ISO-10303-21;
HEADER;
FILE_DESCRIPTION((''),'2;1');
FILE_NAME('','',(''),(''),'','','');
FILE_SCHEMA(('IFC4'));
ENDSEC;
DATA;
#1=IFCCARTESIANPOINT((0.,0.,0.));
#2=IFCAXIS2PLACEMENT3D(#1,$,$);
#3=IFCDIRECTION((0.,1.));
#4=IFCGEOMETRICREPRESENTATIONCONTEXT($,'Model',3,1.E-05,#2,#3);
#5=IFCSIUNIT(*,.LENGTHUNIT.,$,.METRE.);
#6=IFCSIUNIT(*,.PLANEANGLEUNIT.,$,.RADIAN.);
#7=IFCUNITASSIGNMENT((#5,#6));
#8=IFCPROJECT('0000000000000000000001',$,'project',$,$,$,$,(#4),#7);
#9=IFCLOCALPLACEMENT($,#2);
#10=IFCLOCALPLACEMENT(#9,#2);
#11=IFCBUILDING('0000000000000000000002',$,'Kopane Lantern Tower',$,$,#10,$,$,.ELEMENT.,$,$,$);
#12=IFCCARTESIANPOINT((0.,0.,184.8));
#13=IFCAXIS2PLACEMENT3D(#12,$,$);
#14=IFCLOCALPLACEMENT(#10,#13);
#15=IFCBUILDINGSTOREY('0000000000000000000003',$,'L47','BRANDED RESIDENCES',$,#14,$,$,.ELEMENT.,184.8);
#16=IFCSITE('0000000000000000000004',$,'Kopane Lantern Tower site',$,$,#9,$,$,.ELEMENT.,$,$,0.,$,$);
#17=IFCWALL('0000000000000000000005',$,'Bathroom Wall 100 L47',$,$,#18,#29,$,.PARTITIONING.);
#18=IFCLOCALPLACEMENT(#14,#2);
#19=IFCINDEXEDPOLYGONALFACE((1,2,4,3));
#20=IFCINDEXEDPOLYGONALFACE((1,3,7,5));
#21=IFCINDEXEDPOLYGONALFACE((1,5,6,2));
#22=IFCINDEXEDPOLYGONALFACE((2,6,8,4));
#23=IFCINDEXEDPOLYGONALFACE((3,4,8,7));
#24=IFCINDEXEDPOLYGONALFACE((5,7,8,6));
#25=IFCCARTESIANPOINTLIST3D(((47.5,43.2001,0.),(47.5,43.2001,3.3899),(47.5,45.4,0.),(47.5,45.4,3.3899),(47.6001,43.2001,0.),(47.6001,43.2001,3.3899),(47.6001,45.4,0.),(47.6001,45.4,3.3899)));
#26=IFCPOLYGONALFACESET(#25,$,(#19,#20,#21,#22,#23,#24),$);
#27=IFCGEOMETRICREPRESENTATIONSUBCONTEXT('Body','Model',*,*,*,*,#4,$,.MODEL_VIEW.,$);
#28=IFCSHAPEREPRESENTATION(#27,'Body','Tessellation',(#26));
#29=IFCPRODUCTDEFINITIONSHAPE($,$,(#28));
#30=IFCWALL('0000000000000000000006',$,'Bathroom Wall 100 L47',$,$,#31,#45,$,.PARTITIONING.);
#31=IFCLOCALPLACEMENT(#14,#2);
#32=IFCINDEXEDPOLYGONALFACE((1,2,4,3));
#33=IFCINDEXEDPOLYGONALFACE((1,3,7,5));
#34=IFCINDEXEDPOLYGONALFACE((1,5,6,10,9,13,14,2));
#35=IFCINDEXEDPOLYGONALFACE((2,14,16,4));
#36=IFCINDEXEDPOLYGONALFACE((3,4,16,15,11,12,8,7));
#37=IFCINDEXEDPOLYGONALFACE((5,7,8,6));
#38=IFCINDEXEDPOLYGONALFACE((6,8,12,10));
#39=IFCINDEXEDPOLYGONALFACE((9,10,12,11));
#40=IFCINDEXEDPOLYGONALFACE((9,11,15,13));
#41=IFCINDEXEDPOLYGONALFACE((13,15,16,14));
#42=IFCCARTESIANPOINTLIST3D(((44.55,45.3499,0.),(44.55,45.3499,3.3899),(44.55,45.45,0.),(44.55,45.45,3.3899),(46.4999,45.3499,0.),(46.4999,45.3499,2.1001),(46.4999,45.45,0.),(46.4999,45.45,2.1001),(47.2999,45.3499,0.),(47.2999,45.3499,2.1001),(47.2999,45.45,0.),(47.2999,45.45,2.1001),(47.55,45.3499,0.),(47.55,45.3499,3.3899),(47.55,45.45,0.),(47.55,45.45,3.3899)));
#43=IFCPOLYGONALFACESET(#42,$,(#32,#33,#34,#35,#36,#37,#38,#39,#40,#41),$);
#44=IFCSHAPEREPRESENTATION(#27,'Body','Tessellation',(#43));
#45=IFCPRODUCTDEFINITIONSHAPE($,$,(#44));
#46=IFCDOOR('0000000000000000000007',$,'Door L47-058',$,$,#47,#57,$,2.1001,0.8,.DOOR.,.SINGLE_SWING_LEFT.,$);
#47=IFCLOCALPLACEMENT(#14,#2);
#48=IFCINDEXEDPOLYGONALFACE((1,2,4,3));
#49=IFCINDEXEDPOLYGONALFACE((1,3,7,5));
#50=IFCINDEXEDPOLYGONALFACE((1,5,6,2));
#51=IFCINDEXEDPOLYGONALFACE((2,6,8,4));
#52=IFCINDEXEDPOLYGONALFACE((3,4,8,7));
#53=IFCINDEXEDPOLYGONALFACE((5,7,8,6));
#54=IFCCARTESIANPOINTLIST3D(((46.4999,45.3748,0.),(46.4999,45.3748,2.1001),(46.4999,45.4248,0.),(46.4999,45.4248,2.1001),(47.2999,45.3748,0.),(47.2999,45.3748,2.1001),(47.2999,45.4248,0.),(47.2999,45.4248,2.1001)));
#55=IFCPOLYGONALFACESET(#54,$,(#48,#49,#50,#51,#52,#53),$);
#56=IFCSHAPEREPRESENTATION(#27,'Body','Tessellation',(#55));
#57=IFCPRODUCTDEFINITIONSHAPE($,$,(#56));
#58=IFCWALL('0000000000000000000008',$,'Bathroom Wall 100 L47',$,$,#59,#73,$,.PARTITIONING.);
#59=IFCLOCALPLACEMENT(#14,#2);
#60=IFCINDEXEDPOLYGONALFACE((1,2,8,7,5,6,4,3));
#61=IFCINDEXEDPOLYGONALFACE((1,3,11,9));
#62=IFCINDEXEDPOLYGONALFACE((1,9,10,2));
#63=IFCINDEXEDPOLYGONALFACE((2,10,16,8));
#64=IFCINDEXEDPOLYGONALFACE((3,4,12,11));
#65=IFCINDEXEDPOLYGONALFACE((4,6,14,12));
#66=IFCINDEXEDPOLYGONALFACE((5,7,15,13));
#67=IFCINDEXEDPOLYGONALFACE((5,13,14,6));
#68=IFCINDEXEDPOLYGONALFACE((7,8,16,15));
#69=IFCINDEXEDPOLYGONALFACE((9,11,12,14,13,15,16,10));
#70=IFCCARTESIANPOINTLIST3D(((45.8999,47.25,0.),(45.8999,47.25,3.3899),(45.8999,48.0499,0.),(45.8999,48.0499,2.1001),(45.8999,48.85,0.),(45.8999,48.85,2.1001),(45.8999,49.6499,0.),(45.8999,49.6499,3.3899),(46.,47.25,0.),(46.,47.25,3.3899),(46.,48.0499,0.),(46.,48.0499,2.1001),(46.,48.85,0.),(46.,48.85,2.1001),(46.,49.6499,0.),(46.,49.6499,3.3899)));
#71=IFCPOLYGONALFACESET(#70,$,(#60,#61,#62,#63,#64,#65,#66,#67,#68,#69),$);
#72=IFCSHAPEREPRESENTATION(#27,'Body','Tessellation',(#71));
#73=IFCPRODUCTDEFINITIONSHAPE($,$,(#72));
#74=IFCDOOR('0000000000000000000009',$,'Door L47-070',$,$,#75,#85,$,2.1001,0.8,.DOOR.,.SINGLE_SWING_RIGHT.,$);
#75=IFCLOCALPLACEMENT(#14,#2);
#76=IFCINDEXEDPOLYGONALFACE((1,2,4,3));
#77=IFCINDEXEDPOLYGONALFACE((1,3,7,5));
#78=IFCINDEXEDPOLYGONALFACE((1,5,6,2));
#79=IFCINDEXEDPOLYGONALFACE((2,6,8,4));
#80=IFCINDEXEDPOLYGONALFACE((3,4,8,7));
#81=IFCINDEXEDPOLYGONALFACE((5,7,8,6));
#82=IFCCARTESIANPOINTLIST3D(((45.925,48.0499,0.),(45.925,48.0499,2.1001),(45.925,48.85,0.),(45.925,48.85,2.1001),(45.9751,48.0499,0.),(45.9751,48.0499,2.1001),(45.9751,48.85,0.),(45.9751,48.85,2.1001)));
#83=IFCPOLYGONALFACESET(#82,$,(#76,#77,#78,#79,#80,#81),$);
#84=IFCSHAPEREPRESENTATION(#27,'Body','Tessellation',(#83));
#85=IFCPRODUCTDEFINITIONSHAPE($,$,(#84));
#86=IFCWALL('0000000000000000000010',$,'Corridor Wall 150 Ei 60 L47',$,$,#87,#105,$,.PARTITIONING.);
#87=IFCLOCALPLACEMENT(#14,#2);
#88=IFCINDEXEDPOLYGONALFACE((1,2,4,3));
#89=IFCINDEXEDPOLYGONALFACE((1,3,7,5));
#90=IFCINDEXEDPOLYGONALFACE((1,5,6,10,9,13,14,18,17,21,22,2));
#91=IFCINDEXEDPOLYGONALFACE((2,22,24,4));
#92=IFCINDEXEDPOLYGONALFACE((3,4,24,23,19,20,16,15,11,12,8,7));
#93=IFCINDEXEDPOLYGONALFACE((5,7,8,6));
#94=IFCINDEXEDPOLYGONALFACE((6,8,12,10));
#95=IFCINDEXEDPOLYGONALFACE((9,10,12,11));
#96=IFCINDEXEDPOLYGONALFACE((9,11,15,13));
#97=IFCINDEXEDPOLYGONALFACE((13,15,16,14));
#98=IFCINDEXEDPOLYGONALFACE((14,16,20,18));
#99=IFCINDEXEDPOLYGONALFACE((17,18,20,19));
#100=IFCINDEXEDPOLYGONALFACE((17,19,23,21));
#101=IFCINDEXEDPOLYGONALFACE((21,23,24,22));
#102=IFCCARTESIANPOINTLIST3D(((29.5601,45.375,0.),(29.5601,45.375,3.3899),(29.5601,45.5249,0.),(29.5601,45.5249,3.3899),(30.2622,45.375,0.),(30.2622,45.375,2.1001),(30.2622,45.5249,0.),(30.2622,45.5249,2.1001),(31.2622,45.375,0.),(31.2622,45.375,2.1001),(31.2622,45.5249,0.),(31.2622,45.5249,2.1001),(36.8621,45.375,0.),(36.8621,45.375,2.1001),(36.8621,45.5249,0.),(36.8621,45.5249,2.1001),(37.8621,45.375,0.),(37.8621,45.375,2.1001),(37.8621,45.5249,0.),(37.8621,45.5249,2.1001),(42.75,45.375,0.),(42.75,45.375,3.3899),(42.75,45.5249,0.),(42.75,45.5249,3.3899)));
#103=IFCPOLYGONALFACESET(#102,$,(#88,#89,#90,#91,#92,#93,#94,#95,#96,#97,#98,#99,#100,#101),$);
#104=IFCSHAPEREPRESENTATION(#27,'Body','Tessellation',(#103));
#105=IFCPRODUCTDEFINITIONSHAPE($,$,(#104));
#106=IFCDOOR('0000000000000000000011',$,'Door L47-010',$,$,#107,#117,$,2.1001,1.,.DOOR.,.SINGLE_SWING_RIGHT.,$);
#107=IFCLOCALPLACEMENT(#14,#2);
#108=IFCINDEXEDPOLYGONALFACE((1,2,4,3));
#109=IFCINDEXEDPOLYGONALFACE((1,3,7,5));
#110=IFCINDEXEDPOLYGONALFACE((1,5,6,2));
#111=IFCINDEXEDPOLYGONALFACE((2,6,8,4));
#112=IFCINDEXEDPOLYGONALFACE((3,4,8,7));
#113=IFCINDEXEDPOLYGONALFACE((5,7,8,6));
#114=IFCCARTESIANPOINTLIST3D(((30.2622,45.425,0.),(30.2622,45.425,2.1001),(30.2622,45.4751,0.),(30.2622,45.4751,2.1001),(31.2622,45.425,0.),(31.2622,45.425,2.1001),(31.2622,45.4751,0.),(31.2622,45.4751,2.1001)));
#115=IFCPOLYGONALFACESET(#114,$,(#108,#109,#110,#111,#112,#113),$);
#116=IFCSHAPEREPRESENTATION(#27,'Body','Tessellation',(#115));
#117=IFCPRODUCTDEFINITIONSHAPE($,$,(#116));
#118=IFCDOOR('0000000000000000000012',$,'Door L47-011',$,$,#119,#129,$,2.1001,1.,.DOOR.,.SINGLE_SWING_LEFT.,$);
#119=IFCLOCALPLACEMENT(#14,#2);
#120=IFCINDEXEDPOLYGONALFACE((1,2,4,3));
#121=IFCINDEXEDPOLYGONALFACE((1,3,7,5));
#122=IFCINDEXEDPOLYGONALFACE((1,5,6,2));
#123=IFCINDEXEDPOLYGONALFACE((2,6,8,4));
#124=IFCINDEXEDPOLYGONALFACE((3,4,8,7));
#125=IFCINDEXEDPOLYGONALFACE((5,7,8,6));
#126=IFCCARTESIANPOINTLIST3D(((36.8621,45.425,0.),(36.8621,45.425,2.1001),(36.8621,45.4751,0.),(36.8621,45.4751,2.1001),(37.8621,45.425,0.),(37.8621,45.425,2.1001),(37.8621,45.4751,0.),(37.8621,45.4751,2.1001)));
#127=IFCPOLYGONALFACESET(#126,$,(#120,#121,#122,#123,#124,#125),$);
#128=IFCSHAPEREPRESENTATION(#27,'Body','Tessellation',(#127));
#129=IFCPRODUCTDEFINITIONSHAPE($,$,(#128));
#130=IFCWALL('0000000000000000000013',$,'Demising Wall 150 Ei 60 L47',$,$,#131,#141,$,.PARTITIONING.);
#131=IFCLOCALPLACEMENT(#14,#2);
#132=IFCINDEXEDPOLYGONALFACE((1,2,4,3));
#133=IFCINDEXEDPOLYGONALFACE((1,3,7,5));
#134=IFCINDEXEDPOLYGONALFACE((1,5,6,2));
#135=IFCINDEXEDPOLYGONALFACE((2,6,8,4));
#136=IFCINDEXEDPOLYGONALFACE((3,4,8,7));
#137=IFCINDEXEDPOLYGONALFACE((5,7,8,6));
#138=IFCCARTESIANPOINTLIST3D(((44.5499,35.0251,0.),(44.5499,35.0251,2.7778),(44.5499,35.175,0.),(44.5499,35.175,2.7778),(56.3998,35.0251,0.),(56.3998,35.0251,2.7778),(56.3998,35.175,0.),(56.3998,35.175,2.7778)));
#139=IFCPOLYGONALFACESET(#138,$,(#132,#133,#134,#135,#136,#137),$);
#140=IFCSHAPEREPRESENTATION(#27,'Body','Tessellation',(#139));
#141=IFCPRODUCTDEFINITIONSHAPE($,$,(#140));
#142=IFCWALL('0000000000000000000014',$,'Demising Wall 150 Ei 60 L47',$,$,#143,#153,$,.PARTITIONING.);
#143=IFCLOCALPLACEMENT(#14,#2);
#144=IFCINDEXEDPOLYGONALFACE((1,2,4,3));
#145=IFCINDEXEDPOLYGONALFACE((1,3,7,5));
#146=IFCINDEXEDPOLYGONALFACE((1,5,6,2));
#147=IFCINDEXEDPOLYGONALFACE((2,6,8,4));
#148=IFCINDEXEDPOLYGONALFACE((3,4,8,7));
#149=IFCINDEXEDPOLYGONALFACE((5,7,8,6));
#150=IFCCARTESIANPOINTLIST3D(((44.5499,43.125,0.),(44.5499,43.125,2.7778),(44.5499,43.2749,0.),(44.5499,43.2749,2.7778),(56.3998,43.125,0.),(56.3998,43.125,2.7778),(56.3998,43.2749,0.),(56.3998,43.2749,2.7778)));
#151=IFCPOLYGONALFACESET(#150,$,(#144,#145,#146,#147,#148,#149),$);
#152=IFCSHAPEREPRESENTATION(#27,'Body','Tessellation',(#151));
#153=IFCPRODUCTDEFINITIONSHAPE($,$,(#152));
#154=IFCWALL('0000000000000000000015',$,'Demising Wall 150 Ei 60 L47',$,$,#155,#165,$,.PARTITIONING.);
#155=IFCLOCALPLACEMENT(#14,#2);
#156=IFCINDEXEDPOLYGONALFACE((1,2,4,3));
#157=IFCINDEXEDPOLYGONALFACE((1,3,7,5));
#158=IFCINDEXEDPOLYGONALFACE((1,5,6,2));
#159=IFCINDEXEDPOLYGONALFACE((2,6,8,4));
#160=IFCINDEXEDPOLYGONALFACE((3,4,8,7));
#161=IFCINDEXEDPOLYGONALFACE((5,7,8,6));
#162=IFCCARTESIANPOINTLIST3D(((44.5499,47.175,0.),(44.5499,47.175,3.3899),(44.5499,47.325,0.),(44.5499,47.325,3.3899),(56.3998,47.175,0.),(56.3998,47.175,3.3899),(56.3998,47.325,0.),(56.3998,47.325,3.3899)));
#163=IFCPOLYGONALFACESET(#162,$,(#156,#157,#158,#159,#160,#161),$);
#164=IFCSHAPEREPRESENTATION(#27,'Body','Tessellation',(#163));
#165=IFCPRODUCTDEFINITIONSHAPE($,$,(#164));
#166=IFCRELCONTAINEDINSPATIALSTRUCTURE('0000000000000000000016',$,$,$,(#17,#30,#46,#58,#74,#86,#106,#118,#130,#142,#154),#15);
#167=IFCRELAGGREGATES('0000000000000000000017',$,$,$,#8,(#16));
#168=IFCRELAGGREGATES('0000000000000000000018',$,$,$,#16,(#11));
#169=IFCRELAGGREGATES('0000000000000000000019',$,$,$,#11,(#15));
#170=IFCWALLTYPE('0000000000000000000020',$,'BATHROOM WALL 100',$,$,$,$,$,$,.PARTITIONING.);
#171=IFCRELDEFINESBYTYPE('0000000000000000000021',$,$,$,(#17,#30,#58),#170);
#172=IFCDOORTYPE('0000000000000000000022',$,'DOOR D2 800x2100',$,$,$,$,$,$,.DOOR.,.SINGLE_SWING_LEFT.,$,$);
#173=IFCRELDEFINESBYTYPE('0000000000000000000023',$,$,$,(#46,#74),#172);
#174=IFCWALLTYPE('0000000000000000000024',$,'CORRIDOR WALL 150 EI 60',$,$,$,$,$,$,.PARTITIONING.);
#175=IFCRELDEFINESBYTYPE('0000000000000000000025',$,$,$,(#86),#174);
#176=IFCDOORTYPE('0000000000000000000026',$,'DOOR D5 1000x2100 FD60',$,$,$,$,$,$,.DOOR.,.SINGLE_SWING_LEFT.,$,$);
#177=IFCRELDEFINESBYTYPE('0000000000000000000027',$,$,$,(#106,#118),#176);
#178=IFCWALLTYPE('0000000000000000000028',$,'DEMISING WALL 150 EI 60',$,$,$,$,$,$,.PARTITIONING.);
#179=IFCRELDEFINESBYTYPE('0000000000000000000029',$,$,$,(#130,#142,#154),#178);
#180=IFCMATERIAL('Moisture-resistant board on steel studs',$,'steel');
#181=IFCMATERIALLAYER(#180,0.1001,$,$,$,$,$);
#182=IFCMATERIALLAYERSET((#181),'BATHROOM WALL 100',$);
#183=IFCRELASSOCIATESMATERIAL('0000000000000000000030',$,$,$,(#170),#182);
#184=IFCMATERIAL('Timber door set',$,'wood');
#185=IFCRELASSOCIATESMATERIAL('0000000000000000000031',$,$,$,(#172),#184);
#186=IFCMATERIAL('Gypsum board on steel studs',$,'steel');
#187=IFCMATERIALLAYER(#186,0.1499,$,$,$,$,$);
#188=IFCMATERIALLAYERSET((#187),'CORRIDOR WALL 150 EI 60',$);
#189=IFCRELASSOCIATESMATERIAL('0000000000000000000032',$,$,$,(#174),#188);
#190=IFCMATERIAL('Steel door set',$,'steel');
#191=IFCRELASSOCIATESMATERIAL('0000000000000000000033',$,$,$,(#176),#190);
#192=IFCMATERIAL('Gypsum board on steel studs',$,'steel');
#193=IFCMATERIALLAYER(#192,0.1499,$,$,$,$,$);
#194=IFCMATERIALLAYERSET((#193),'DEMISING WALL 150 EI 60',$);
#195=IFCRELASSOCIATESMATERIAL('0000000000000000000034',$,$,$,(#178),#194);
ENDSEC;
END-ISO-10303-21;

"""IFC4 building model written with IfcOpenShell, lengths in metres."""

from ifc_helpers import new_model, si_unit, direction, frame, frame_2d, origin, place, context, subcontext, project, spatial, rectangle, extrude, material, layer, layer_set, type_object, element, fill, save


model = new_model("IFC4")

# Units and contexts
model_context = context("Model", 3, precision=1e-05, world=origin(), true_north=direction((0.0, 1.0)))
body_context = subcontext(model_context, "Body", "Model", "MODEL_VIEW")
ifc_project = project(units=[si_unit("LENGTHUNIT", "METRE"), si_unit("PLANEANGLEUNIT", "RADIAN")], contexts=[model_context])

# Site, building, storey
site_placement = place(None, origin())
site = spatial("IfcSite", under=ifc_project, at=site_placement, Name="Kopane Lantern Tower site", CompositionType="ELEMENT", RefElevation=0.0)
building_placement = place(site_placement, origin())
building = spatial("IfcBuilding", under=site, at=building_placement, Name="Kopane Lantern Tower", CompositionType="ELEMENT")
storey_placement = place(building_placement, frame((0.0, 0.0, 184.8)))
storey = spatial("IfcBuildingStorey", under=building, at=storey_placement, Name="L47", Description="BRANDED RESIDENCES", CompositionType="ELEMENT", Elevation=184.8)

# Shared definitions
ifc_material_1 = material(Name="Moisture-resistant board on steel studs", Category="steel")
ifc_layer_1 = layer(ifc_material_1, 0.1001)
ifc_layer_set_1 = layer_set([ifc_layer_1], Name="BATHROOM WALL 100")
wall_type_1 = type_object("IfcWallType", Name="BATHROOM WALL 100", PredefinedType="PARTITIONING", material=ifc_layer_set_1)
ifc_material_2 = material(Name="Timber door set", Category="wood")
door_type_1 = type_object("IfcDoorType", Name="DOOR D2 800x2100", OperationType="SINGLE_SWING_LEFT", PredefinedType="DOOR", material=ifc_material_2)

# Wall
wall_1_placement = place(storey_placement, frame((47.55, 43.2, 0.0), z_axis=(0.0, 0.0, 1.0), x_axis=(0.0, 1.0, 0.0)))
element("IfcWall", 1, at=wall_1_placement, inside=storey, type_object=wall_type_1, Name="Bathroom Wall 100 L47", PredefinedType="PARTITIONING", context=body_context, shape_type="SweptSolid", body=[
    extrude(rectangle(XDim=2.2, YDim=0.1001, at=frame_2d((1.1001, 0.0))), origin(), (0.0, 0.0, 1.0), 3.3899),
])

# Walls, openings, doors
wall_2_placement = place(storey_placement, frame((44.55, 45.3999, 0.0), z_axis=(0.0, 0.0, 1.0), x_axis=(1.0, 0.0, 0.0)))
wall_2 = element("IfcWall", 2, at=wall_2_placement, inside=storey, type_object=wall_type_1, Name="Bathroom Wall 100 L47", PredefinedType="PARTITIONING", context=body_context, shape_type="SweptSolid", body=[
    extrude(rectangle(XDim=3.0, YDim=0.1001, at=frame_2d((1.5, 0.0))), origin(), (0.0, 0.0, 1.0), 3.3899),
])
opening_1_placement = place(wall_2_placement, frame((1.95, 0.0, 0.0)))
opening_1 = element("IfcOpeningElement", 3, at=opening_1_placement, cuts=wall_2, PredefinedType="OPENING", context=body_context, shape_type="SweptSolid", body=[
    extrude(rectangle(XDim=0.8, YDim=2.1001, at=frame_2d((0.3999, 1.05))), frame((0.0, 0.0601, 0.0), z_axis=(0.0, -1.0, 0.0), x_axis=(1.0, 0.0, 0.0)), (0.0, 0.0, 1.0), 0.1201),
])
door_1_placement = place(opening_1_placement, origin())
door_1 = element("IfcDoor", 4, at=door_1_placement, inside=storey, type_object=door_type_1, Name="Door L47-058", OperationType="SINGLE_SWING_LEFT", OverallHeight=2.1001, OverallWidth=0.8, PredefinedType="DOOR", context=body_context, shape_type="SweptSolid", body=[
    extrude(rectangle(XDim=0.8, YDim=2.1001, at=frame_2d((0.3999, 1.05))), frame((0.0, 0.0249, 0.0), z_axis=(0.0, -1.0, 0.0), x_axis=(1.0, 0.0, 0.0)), (0.0, 0.0, 1.0), 0.05),
])
fill(opening_1, door_1)
wall_3_placement = place(storey_placement, frame((45.95, 47.25, 0.0), z_axis=(0.0, 0.0, 1.0), x_axis=(0.0, 1.0, 0.0)))
wall_3 = element("IfcWall", 5, at=wall_3_placement, inside=storey, type_object=wall_type_1, Name="Bathroom Wall 100 L47", PredefinedType="PARTITIONING", context=body_context, shape_type="SweptSolid", body=[
    extrude(rectangle(XDim=2.3999, YDim=0.1001, at=frame_2d((1.2, 0.0))), origin(), (0.0, 0.0, 1.0), 3.3899),
])
opening_2_placement = place(wall_3_placement, frame((0.8, 0.0, 0.0)))
opening_2 = element("IfcOpeningElement", 6, at=opening_2_placement, cuts=wall_3, PredefinedType="OPENING", context=body_context, shape_type="SweptSolid", body=[
    extrude(rectangle(XDim=0.8, YDim=2.1001, at=frame_2d((0.3999, 1.05))), frame((0.0, 0.0601, 0.0), z_axis=(0.0, -1.0, 0.0), x_axis=(1.0, 0.0, 0.0)), (0.0, 0.0, 1.0), 0.1201),
])
door_2_placement = place(opening_2_placement, origin())
door_2 = element("IfcDoor", 7, at=door_2_placement, inside=storey, type_object=door_type_1, Name="Door L47-070", OperationType="SINGLE_SWING_RIGHT", OverallHeight=2.1001, OverallWidth=0.8, PredefinedType="DOOR", context=body_context, shape_type="SweptSolid", body=[
    extrude(rectangle(XDim=0.8, YDim=2.1001, at=frame_2d((0.3999, 1.05))), frame((0.0, 0.0249, 0.0), z_axis=(0.0, -1.0, 0.0), x_axis=(1.0, 0.0, 0.0)), (0.0, 0.0, 1.0), 0.05),
])
fill(opening_2, door_2)

# Wall, openings, doors
ifc_material_3 = material(Name="Gypsum board on steel studs", Category="steel")
ifc_layer_2 = layer(ifc_material_3, 0.1499)
ifc_layer_set_2 = layer_set([ifc_layer_2], Name="CORRIDOR WALL 150 EI 60")
wall_type_2 = type_object("IfcWallType", Name="CORRIDOR WALL 150 EI 60", PredefinedType="PARTITIONING", material=ifc_layer_set_2)
wall_4_placement = place(storey_placement, frame((42.75, 45.45, 0.0), z_axis=(0.0, 0.0, 1.0), x_axis=(-1.0, 0.0, 0.0)))
wall_4 = element("IfcWall", 8, at=wall_4_placement, inside=storey, type_object=wall_type_2, Name="Corridor Wall 150 Ei 60 L47", PredefinedType="PARTITIONING", context=body_context, shape_type="SweptSolid", body=[
    extrude(rectangle(XDim=13.1899, YDim=0.1499, at=frame_2d((6.595, 0.0))), origin(), (0.0, 0.0, 1.0), 3.3899),
])
opening_3_placement = place(wall_4_placement, frame((11.4878, 0.0, 0.0)))
opening_3 = element("IfcOpeningElement", 9, at=opening_3_placement, cuts=wall_4, PredefinedType="OPENING", context=body_context, shape_type="SweptSolid", body=[
    extrude(rectangle(XDim=1.0, YDim=2.1001, at=frame_2d((0.5, 1.05))), frame((0.0, 0.085, 0.0), z_axis=(0.0, -1.0, 0.0), x_axis=(1.0, 0.0, 0.0)), (0.0, 0.0, 1.0), 0.1699),
])
opening_4_placement = place(wall_4_placement, frame((4.8879, 0.0, 0.0)))
opening_4 = element("IfcOpeningElement", 10, at=opening_4_placement, cuts=wall_4, PredefinedType="OPENING", context=body_context, shape_type="SweptSolid", body=[
    extrude(rectangle(XDim=1.0, YDim=2.1001, at=frame_2d((0.5, 1.05))), frame((0.0, 0.085, 0.0), z_axis=(0.0, -1.0, 0.0), x_axis=(1.0, 0.0, 0.0)), (0.0, 0.0, 1.0), 0.1699),
])
ifc_material_4 = material(Name="Steel door set", Category="steel")
door_type_2 = type_object("IfcDoorType", Name="DOOR D5 1000x2100 FD60", OperationType="SINGLE_SWING_LEFT", PredefinedType="DOOR", material=ifc_material_4)
door_3_placement = place(opening_3_placement, origin())
door_3 = element("IfcDoor", 11, at=door_3_placement, inside=storey, type_object=door_type_2, Name="Door L47-010", OperationType="SINGLE_SWING_RIGHT", OverallHeight=2.1001, OverallWidth=1.0, PredefinedType="DOOR", context=body_context, shape_type="SweptSolid", body=[
    extrude(rectangle(XDim=1.0, YDim=2.1001, at=frame_2d((0.5, 1.05))), frame((0.0, 0.0249, 0.0), z_axis=(0.0, -1.0, 0.0), x_axis=(1.0, 0.0, 0.0)), (0.0, 0.0, 1.0), 0.05),
])
fill(opening_3, door_3)
door_4_placement = place(opening_4_placement, origin())
door_4 = element("IfcDoor", 12, at=door_4_placement, inside=storey, type_object=door_type_2, Name="Door L47-011", OperationType="SINGLE_SWING_LEFT", OverallHeight=2.1001, OverallWidth=1.0, PredefinedType="DOOR", context=body_context, shape_type="SweptSolid", body=[
    extrude(rectangle(XDim=1.0, YDim=2.1001, at=frame_2d((0.5, 1.05))), frame((0.0, 0.0249, 0.0), z_axis=(0.0, -1.0, 0.0), x_axis=(1.0, 0.0, 0.0)), (0.0, 0.0, 1.0), 0.05),
])
fill(opening_4, door_4)

# Walls
ifc_material_5 = material(Name="Gypsum board on steel studs", Category="steel")
ifc_layer_3 = layer(ifc_material_5, 0.1499)
ifc_layer_set_3 = layer_set([ifc_layer_3], Name="DEMISING WALL 150 EI 60")
wall_type_3 = type_object("IfcWallType", Name="DEMISING WALL 150 EI 60", PredefinedType="PARTITIONING", material=ifc_layer_set_3)
for number, where, z_axis, x_axis, name in (
    (13, (44.55, 35.1001, 0.0), (0.0, 0.0, 1.0), (1.0, 0.0, 0.0), "Demising Wall 150 Ei 60 L47"),
    (14, (44.55, 43.2, 0.0), (0.0, 0.0, 1.0), (1.0, 0.0, 0.0), "Demising Wall 150 Ei 60 L47"),
):
    element("IfcWall", number, at=place(storey_placement, frame(where, z_axis=z_axis, x_axis=x_axis)), inside=storey, type_object=wall_type_3, Name=name, PredefinedType="PARTITIONING", context=body_context, shape_type="SweptSolid", body=[
        extrude(rectangle(XDim=11.8499, YDim=0.1499, at=frame_2d((5.9248, 0.0))), origin(), (0.0, 0.0, 1.0), 2.7778),
    ])
wall_5_placement = place(storey_placement, frame((44.55, 47.25, 0.0), z_axis=(0.0, 0.0, 1.0), x_axis=(1.0, 0.0, 0.0)))
element("IfcWall", 15, at=wall_5_placement, inside=storey, type_object=wall_type_3, Name="Demising Wall 150 Ei 60 L47", PredefinedType="PARTITIONING", context=body_context, shape_type="SweptSolid", body=[
    extrude(rectangle(XDim=11.8499, YDim=0.1499, at=frame_2d((5.9248, 0.0))), origin(), (0.0, 0.0, 1.0), 3.3899),
])

save(model, "model.ifc")
